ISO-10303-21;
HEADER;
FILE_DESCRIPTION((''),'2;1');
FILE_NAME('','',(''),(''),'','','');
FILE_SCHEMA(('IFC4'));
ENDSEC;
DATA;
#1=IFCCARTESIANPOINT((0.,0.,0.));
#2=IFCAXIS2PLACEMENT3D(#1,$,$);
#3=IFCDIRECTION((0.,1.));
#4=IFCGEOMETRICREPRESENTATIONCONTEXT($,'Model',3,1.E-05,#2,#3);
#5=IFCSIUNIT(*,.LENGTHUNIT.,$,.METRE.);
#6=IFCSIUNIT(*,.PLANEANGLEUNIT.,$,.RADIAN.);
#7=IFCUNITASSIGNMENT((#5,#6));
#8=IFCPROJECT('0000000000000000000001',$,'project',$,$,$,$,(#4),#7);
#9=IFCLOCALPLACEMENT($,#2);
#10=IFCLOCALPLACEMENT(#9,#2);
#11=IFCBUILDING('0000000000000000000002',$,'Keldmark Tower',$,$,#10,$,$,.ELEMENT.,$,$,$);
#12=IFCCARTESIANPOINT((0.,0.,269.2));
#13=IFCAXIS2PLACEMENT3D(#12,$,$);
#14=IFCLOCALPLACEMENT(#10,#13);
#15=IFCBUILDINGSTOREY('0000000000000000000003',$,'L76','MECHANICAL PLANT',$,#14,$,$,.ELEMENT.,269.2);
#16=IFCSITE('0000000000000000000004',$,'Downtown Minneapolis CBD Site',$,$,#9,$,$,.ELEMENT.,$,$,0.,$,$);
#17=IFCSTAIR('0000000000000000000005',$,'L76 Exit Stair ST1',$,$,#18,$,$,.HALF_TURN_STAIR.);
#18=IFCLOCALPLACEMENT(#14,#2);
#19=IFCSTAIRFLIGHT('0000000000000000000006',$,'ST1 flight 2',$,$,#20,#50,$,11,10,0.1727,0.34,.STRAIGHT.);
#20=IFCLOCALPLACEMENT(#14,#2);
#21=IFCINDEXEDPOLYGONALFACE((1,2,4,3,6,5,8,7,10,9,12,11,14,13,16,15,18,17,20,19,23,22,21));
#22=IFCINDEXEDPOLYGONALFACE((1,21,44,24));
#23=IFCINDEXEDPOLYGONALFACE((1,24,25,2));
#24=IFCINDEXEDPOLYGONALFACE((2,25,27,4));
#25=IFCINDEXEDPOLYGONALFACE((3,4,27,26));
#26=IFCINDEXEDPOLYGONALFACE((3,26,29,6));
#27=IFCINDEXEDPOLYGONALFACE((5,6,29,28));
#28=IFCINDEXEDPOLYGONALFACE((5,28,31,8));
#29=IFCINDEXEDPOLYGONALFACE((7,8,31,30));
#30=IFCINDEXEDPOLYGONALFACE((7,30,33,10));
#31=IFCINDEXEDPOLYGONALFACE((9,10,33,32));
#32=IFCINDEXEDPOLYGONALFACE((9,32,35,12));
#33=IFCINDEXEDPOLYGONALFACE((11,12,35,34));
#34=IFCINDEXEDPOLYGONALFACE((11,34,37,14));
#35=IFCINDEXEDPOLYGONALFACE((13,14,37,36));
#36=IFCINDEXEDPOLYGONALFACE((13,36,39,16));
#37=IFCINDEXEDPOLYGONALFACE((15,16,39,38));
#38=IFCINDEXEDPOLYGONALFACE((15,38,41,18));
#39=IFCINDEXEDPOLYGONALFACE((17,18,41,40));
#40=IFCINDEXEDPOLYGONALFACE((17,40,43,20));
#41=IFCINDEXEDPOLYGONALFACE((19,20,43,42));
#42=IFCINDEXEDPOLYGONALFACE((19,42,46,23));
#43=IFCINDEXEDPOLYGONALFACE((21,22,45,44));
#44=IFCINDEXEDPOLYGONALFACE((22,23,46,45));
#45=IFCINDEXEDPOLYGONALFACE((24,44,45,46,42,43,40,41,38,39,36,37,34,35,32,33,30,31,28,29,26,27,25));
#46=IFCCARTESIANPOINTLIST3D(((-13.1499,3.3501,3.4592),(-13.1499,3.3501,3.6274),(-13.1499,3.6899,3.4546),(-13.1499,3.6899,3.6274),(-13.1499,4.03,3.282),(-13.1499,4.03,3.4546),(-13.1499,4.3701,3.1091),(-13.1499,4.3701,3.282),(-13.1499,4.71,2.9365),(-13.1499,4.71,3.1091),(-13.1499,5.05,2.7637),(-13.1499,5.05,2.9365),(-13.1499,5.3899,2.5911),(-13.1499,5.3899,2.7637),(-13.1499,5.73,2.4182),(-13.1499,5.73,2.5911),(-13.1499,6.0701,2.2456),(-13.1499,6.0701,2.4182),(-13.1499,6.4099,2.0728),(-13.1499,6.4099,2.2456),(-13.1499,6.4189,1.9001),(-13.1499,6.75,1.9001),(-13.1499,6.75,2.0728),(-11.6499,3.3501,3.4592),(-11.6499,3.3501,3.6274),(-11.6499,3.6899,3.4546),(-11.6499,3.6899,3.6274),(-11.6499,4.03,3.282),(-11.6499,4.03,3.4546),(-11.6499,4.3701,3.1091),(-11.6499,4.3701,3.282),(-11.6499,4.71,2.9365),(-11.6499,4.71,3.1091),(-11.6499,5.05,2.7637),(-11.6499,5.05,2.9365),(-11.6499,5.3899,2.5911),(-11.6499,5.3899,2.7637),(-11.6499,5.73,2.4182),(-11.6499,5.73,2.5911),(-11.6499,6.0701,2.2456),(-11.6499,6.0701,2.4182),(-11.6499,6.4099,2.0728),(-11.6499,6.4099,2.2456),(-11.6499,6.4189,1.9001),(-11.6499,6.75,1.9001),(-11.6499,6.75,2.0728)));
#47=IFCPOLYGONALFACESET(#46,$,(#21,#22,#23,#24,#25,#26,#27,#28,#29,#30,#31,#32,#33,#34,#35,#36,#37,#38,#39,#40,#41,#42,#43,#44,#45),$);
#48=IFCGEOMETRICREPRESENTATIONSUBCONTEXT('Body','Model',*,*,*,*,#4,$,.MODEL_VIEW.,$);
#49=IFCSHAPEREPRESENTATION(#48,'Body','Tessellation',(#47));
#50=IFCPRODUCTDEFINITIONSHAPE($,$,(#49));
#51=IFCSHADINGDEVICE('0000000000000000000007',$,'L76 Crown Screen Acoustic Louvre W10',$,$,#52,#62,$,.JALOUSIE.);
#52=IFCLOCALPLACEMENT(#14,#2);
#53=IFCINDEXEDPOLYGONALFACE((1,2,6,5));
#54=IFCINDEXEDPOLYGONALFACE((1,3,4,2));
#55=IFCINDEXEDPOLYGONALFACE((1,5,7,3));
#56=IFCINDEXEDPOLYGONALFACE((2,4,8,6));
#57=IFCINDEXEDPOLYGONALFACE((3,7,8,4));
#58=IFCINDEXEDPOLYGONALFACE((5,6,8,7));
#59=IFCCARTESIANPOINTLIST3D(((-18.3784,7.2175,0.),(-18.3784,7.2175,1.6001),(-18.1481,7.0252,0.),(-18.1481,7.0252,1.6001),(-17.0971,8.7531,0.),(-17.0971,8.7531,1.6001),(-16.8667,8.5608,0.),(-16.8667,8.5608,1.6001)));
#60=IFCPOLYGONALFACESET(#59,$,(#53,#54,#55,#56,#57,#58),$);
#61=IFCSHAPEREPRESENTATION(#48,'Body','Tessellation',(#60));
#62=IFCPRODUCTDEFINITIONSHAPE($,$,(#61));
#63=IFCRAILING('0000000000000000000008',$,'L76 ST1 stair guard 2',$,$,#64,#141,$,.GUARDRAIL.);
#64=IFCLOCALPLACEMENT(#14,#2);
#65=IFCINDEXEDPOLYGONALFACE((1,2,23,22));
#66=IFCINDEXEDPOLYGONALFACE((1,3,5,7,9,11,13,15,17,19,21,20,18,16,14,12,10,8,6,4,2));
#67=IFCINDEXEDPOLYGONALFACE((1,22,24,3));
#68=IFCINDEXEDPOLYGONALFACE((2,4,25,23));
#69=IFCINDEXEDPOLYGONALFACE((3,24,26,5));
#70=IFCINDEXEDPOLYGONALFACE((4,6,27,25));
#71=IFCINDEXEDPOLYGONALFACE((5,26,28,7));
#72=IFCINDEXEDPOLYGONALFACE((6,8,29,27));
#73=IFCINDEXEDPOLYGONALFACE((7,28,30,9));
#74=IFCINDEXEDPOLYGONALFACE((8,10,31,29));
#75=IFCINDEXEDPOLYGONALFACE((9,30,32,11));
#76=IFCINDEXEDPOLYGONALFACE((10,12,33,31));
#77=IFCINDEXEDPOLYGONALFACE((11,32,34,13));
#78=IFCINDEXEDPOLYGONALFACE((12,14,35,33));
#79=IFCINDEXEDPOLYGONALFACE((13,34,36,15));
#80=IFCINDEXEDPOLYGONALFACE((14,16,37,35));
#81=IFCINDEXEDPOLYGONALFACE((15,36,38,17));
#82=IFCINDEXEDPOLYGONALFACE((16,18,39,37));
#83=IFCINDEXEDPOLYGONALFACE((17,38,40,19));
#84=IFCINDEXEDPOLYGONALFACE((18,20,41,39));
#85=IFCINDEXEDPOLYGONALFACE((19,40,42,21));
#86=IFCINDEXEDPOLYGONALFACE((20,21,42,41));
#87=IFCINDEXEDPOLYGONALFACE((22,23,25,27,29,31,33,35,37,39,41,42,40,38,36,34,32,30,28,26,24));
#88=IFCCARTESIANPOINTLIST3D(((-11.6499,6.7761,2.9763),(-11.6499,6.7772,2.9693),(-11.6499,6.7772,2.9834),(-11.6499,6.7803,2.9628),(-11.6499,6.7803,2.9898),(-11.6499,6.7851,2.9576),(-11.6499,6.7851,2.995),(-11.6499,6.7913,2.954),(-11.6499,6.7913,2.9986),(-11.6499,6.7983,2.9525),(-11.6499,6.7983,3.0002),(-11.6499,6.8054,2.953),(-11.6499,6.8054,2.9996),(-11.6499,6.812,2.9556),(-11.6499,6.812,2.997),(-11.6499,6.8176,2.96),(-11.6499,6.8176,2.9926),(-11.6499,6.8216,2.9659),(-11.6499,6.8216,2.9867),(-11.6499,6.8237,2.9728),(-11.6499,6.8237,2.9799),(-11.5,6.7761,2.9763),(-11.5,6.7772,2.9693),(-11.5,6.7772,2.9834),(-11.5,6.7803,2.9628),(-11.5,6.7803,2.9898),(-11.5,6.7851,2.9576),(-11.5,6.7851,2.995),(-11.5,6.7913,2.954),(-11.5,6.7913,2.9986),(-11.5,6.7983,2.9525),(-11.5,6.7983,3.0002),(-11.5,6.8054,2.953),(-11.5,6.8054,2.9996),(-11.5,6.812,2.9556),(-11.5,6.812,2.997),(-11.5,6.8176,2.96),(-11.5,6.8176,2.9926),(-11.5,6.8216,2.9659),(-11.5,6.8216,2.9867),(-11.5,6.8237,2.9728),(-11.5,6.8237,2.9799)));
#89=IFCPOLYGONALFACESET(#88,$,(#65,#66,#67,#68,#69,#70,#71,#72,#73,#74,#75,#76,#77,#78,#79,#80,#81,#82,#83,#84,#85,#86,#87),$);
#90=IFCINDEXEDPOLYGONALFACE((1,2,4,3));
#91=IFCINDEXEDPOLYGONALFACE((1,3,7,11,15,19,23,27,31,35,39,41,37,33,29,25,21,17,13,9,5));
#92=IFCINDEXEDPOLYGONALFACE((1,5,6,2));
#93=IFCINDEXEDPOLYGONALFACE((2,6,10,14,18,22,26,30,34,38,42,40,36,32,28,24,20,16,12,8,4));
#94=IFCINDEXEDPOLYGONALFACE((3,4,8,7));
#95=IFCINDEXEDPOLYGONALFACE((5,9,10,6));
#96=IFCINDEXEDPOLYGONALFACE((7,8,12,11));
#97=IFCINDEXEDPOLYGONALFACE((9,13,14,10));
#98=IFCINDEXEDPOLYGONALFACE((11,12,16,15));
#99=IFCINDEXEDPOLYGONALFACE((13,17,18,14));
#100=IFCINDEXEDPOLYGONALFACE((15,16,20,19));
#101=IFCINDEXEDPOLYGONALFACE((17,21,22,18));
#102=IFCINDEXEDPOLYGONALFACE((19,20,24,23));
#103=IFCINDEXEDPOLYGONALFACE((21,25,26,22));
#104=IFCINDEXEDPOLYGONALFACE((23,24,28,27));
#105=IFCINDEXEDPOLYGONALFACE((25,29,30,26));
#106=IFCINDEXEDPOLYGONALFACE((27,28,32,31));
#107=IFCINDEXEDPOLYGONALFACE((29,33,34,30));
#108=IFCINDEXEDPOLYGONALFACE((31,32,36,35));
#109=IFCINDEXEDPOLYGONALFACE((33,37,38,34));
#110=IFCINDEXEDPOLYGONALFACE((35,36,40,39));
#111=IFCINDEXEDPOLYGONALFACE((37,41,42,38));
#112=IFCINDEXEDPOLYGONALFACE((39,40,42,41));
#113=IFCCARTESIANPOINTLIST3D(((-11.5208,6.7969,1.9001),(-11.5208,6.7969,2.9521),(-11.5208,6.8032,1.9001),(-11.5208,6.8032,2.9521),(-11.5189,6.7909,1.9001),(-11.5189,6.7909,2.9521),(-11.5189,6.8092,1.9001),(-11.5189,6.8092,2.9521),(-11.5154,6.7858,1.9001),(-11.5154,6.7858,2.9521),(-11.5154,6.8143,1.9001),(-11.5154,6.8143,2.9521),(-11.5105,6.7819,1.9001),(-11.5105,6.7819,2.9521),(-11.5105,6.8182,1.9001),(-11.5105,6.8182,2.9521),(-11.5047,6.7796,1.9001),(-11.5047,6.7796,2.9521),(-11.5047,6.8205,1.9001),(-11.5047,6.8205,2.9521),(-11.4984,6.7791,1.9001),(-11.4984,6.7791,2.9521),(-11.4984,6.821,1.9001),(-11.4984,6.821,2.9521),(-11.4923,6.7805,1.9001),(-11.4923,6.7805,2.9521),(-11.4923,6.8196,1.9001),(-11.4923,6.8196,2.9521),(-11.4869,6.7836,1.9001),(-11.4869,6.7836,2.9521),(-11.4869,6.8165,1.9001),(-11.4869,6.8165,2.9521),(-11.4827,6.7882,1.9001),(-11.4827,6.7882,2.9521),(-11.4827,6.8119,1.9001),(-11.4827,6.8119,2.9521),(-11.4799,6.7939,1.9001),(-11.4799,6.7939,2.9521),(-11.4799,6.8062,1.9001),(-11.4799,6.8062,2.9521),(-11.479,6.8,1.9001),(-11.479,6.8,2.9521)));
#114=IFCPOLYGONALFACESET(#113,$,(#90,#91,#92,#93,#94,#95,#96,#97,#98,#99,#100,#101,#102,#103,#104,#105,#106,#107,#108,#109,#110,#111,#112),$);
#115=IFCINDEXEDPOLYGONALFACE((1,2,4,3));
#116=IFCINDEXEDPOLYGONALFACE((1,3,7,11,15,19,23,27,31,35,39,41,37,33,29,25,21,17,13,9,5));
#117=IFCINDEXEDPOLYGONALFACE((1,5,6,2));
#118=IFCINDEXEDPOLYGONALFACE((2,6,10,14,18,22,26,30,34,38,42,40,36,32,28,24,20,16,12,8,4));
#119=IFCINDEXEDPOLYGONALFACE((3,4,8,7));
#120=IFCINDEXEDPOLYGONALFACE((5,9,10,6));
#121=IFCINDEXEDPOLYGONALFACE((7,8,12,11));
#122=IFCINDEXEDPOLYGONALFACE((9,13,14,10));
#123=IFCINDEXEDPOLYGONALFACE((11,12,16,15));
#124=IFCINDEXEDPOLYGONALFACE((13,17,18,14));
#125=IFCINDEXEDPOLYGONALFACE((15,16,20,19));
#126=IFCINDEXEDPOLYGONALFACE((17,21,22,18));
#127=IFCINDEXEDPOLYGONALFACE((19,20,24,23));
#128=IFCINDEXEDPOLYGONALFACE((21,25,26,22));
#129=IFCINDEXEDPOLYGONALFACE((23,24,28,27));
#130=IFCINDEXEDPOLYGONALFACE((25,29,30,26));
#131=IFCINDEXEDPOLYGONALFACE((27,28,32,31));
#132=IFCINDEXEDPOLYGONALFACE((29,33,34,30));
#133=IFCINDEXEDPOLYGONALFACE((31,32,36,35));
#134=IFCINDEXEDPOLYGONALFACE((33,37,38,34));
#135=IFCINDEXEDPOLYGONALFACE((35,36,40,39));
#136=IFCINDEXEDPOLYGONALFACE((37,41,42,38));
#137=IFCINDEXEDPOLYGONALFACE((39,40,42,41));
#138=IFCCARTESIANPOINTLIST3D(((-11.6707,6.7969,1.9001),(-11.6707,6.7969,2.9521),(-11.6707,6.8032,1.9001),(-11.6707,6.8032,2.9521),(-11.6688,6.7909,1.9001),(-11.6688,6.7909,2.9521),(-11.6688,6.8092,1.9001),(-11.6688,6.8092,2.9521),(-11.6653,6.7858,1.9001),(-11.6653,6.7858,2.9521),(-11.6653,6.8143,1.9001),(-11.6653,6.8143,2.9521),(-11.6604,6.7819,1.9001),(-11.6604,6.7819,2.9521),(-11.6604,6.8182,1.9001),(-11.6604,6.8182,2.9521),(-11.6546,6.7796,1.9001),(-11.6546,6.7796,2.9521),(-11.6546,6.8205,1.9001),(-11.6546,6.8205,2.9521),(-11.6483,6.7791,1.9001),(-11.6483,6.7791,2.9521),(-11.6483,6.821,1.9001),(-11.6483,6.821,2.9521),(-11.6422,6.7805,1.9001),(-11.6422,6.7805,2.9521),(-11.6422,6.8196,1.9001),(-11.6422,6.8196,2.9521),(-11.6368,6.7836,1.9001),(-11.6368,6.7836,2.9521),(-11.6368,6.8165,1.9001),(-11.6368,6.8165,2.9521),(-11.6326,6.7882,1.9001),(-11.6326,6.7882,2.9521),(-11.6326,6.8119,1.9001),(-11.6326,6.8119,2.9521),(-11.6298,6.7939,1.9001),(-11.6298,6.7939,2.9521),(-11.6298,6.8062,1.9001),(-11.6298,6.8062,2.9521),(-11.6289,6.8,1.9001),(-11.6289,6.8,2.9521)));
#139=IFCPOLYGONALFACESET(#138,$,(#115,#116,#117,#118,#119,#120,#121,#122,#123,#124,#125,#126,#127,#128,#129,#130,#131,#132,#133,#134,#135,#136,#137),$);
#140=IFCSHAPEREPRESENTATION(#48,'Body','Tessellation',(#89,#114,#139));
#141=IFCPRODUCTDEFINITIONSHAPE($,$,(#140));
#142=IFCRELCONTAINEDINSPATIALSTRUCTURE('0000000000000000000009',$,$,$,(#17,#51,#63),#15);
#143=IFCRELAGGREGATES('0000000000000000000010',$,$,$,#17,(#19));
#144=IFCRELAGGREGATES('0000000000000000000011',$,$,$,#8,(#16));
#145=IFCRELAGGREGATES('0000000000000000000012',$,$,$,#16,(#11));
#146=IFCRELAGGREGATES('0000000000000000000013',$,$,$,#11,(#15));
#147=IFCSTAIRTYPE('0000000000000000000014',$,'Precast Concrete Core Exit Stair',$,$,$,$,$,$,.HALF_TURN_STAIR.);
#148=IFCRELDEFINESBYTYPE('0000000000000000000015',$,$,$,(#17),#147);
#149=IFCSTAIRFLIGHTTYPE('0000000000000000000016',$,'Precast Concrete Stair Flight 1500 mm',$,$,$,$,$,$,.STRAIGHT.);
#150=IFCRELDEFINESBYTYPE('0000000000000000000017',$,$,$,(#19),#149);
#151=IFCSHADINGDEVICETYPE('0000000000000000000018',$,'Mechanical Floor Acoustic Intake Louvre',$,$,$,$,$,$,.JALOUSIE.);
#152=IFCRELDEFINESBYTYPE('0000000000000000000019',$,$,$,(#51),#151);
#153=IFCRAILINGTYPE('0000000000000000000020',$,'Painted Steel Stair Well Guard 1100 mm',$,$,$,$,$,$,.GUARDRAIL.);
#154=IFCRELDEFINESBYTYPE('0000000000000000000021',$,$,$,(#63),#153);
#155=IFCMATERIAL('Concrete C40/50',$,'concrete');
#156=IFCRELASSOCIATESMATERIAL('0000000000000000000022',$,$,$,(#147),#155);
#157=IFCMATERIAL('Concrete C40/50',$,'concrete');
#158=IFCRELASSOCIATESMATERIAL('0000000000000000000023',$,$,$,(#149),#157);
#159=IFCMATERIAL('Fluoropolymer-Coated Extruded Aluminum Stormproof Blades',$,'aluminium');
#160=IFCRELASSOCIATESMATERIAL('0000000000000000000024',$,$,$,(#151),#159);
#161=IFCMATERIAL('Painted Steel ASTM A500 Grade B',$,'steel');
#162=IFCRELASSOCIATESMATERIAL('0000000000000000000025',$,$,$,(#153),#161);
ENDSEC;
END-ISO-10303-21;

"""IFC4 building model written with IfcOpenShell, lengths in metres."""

from ifc_helpers import new_model, si_unit, direction, frame, origin, origin_2d, place, context, subcontext, project, spatial, polyline, rectangle, circle, outline, extrude, material, type_object, element, aggregate, save


model = new_model("IFC4")

# Units and contexts
model_context = context("Model", 3, precision=1e-05, world=origin(), true_north=direction((0.0, 1.0)))
body_context = subcontext(model_context, "Body", "Model", "MODEL_VIEW")
ifc_project = project(units=[si_unit("LENGTHUNIT", "METRE"), si_unit("PLANEANGLEUNIT", "RADIAN")], contexts=[model_context])

# Site, building, storey
site_placement = place(None, origin())
site = spatial("IfcSite", under=ifc_project, at=site_placement, Name="Downtown Minneapolis CBD Site", CompositionType="ELEMENT", RefElevation=0.0)
building_placement = place(site_placement, origin())
building = spatial("IfcBuilding", under=site, at=building_placement, Name="Keldmark Tower", CompositionType="ELEMENT")
storey_placement = place(building_placement, frame((0.0, 0.0, 269.2)))
storey = spatial("IfcBuildingStorey", under=building, at=storey_placement, Name="L76", Description="MECHANICAL PLANT", CompositionType="ELEMENT", Elevation=269.2)

# Stair, stair flight
ifc_material_1 = material(Name="Concrete C40/50", Category="concrete")
stair_type = type_object("IfcStairType", Name="Precast Concrete Core Exit Stair", PredefinedType="HALF_TURN_STAIR", material=ifc_material_1)
stair_placement = place(storey_placement, origin())
stair = element("IfcStair", 1, at=stair_placement, inside=storey, type_object=stair_type, Name="L76 Exit Stair ST1", PredefinedType="HALF_TURN_STAIR")
ifc_material_2 = material(Name="Concrete C40/50", Category="concrete")
stair_flight_type = type_object("IfcStairFlightType", Name="Precast Concrete Stair Flight 1500 mm", PredefinedType="STRAIGHT", material=ifc_material_2)
stair_flight_1_placement = place(storey_placement, frame((-12.3999, 6.75, 1.9001), z_axis=(0.0, 0.0, 1.0), x_axis=(0.0, -1.0, 0.0)))
stair_flight_1 = element("IfcStairFlight", 2, at=stair_flight_1_placement, type_object=stair_flight_type, Name="ST1 flight 2", NumberOfRisers=11, NumberOfTreads=10, PredefinedType="STRAIGHT", RiserHeight=0.1727, TreadLength=0.34, context=body_context, shape_type="SweptSolid", body=[
    extrude(outline(polyline([(0.0, 0.0), (0.0, 0.1726), (0.3401, 0.1726), (0.3401, 0.3455), (0.6799, 0.3455), (0.6799, 0.5181), (1.02, 0.5181), (1.02, 0.6909), (1.3601, 0.6909), (1.3601, 0.8635), (1.7, 0.8635), (1.7, 1.0364), (2.04, 1.0364), (2.04, 1.209), (2.3799, 1.209), (2.3799, 1.3818), (2.72, 1.3818), (2.72, 1.5544), (3.0601, 1.5544), (3.0601, 1.7273), (3.3999, 1.7273), (3.3999, 1.8999), (3.3999, 1.5591), (0.3311, 0.0), (0.0, 0.0)])), frame((0.0, 0.75, 0.0), z_axis=(0.0, -1.0, 0.0), x_axis=(1.0, 0.0, 0.0)), (0.0, 0.0, 1.0), 1.5),
])
aggregate(stair, [stair_flight_1])

# Shading device
ifc_material_3 = material(Name="Fluoropolymer-Coated Extruded Aluminum Stormproof Blades", Category="aluminium")
shading_device_type = type_object("IfcShadingDeviceType", Name="Mechanical Floor Acoustic Intake Louvre", PredefinedType="JALOUSIE", material=ifc_material_3)
shading_device_placement = place(storey_placement, frame((-17.6226, 7.8892, 0.0), z_axis=(0.0, 0.0, 1.0), x_axis=(-0.640686, -0.767803, 0.0)))
element("IfcShadingDevice", 3, at=shading_device_placement, inside=storey, type_object=shading_device_type, Name="L76 Crown Screen Acoustic Louvre W10", PredefinedType="JALOUSIE", context=body_context, shape_type="SweptSolid", body=[
    extrude(rectangle(XDim=2.0, YDim=0.3, at=origin_2d()), origin(), (0.0, 0.0, 1.0), 1.6001),
])

# Railing
ifc_material_4 = material(Name="Painted Steel ASTM A500 Grade B", Category="steel")
railing_type_1 = type_object("IfcRailingType", Name="Painted Steel Stair Well Guard 1100 mm", PredefinedType="GUARDRAIL", material=ifc_material_4)
railing_1_placement = place(storey_placement, frame((-11.5, 6.8, 1.9001)))
element("IfcRailing", 4, at=railing_1_placement, inside=storey, type_object=railing_type_1, Name="L76 ST1 stair guard 2", PredefinedType="GUARDRAIL", context=body_context, shape_type="SweptSolid", body=[
    extrude(circle(Radius=0.0239, at=origin_2d()), frame((0.0, 0.0, 1.0762), z_axis=(-1.0, 0.0, 0.0), x_axis=(0.0, -1.0, 0.0)), (0.0, 0.0, 1.0), 0.1499),
    extrude(circle(Radius=0.021, at=origin_2d()), origin(), (0.0, 0.0, 1.0), 1.052),
    extrude(circle(Radius=0.021, at=origin_2d()), frame((-0.1499, 0.0, 0.0)), (0.0, 0.0, 1.0), 1.052),
])

save(model, "model.ifc")
